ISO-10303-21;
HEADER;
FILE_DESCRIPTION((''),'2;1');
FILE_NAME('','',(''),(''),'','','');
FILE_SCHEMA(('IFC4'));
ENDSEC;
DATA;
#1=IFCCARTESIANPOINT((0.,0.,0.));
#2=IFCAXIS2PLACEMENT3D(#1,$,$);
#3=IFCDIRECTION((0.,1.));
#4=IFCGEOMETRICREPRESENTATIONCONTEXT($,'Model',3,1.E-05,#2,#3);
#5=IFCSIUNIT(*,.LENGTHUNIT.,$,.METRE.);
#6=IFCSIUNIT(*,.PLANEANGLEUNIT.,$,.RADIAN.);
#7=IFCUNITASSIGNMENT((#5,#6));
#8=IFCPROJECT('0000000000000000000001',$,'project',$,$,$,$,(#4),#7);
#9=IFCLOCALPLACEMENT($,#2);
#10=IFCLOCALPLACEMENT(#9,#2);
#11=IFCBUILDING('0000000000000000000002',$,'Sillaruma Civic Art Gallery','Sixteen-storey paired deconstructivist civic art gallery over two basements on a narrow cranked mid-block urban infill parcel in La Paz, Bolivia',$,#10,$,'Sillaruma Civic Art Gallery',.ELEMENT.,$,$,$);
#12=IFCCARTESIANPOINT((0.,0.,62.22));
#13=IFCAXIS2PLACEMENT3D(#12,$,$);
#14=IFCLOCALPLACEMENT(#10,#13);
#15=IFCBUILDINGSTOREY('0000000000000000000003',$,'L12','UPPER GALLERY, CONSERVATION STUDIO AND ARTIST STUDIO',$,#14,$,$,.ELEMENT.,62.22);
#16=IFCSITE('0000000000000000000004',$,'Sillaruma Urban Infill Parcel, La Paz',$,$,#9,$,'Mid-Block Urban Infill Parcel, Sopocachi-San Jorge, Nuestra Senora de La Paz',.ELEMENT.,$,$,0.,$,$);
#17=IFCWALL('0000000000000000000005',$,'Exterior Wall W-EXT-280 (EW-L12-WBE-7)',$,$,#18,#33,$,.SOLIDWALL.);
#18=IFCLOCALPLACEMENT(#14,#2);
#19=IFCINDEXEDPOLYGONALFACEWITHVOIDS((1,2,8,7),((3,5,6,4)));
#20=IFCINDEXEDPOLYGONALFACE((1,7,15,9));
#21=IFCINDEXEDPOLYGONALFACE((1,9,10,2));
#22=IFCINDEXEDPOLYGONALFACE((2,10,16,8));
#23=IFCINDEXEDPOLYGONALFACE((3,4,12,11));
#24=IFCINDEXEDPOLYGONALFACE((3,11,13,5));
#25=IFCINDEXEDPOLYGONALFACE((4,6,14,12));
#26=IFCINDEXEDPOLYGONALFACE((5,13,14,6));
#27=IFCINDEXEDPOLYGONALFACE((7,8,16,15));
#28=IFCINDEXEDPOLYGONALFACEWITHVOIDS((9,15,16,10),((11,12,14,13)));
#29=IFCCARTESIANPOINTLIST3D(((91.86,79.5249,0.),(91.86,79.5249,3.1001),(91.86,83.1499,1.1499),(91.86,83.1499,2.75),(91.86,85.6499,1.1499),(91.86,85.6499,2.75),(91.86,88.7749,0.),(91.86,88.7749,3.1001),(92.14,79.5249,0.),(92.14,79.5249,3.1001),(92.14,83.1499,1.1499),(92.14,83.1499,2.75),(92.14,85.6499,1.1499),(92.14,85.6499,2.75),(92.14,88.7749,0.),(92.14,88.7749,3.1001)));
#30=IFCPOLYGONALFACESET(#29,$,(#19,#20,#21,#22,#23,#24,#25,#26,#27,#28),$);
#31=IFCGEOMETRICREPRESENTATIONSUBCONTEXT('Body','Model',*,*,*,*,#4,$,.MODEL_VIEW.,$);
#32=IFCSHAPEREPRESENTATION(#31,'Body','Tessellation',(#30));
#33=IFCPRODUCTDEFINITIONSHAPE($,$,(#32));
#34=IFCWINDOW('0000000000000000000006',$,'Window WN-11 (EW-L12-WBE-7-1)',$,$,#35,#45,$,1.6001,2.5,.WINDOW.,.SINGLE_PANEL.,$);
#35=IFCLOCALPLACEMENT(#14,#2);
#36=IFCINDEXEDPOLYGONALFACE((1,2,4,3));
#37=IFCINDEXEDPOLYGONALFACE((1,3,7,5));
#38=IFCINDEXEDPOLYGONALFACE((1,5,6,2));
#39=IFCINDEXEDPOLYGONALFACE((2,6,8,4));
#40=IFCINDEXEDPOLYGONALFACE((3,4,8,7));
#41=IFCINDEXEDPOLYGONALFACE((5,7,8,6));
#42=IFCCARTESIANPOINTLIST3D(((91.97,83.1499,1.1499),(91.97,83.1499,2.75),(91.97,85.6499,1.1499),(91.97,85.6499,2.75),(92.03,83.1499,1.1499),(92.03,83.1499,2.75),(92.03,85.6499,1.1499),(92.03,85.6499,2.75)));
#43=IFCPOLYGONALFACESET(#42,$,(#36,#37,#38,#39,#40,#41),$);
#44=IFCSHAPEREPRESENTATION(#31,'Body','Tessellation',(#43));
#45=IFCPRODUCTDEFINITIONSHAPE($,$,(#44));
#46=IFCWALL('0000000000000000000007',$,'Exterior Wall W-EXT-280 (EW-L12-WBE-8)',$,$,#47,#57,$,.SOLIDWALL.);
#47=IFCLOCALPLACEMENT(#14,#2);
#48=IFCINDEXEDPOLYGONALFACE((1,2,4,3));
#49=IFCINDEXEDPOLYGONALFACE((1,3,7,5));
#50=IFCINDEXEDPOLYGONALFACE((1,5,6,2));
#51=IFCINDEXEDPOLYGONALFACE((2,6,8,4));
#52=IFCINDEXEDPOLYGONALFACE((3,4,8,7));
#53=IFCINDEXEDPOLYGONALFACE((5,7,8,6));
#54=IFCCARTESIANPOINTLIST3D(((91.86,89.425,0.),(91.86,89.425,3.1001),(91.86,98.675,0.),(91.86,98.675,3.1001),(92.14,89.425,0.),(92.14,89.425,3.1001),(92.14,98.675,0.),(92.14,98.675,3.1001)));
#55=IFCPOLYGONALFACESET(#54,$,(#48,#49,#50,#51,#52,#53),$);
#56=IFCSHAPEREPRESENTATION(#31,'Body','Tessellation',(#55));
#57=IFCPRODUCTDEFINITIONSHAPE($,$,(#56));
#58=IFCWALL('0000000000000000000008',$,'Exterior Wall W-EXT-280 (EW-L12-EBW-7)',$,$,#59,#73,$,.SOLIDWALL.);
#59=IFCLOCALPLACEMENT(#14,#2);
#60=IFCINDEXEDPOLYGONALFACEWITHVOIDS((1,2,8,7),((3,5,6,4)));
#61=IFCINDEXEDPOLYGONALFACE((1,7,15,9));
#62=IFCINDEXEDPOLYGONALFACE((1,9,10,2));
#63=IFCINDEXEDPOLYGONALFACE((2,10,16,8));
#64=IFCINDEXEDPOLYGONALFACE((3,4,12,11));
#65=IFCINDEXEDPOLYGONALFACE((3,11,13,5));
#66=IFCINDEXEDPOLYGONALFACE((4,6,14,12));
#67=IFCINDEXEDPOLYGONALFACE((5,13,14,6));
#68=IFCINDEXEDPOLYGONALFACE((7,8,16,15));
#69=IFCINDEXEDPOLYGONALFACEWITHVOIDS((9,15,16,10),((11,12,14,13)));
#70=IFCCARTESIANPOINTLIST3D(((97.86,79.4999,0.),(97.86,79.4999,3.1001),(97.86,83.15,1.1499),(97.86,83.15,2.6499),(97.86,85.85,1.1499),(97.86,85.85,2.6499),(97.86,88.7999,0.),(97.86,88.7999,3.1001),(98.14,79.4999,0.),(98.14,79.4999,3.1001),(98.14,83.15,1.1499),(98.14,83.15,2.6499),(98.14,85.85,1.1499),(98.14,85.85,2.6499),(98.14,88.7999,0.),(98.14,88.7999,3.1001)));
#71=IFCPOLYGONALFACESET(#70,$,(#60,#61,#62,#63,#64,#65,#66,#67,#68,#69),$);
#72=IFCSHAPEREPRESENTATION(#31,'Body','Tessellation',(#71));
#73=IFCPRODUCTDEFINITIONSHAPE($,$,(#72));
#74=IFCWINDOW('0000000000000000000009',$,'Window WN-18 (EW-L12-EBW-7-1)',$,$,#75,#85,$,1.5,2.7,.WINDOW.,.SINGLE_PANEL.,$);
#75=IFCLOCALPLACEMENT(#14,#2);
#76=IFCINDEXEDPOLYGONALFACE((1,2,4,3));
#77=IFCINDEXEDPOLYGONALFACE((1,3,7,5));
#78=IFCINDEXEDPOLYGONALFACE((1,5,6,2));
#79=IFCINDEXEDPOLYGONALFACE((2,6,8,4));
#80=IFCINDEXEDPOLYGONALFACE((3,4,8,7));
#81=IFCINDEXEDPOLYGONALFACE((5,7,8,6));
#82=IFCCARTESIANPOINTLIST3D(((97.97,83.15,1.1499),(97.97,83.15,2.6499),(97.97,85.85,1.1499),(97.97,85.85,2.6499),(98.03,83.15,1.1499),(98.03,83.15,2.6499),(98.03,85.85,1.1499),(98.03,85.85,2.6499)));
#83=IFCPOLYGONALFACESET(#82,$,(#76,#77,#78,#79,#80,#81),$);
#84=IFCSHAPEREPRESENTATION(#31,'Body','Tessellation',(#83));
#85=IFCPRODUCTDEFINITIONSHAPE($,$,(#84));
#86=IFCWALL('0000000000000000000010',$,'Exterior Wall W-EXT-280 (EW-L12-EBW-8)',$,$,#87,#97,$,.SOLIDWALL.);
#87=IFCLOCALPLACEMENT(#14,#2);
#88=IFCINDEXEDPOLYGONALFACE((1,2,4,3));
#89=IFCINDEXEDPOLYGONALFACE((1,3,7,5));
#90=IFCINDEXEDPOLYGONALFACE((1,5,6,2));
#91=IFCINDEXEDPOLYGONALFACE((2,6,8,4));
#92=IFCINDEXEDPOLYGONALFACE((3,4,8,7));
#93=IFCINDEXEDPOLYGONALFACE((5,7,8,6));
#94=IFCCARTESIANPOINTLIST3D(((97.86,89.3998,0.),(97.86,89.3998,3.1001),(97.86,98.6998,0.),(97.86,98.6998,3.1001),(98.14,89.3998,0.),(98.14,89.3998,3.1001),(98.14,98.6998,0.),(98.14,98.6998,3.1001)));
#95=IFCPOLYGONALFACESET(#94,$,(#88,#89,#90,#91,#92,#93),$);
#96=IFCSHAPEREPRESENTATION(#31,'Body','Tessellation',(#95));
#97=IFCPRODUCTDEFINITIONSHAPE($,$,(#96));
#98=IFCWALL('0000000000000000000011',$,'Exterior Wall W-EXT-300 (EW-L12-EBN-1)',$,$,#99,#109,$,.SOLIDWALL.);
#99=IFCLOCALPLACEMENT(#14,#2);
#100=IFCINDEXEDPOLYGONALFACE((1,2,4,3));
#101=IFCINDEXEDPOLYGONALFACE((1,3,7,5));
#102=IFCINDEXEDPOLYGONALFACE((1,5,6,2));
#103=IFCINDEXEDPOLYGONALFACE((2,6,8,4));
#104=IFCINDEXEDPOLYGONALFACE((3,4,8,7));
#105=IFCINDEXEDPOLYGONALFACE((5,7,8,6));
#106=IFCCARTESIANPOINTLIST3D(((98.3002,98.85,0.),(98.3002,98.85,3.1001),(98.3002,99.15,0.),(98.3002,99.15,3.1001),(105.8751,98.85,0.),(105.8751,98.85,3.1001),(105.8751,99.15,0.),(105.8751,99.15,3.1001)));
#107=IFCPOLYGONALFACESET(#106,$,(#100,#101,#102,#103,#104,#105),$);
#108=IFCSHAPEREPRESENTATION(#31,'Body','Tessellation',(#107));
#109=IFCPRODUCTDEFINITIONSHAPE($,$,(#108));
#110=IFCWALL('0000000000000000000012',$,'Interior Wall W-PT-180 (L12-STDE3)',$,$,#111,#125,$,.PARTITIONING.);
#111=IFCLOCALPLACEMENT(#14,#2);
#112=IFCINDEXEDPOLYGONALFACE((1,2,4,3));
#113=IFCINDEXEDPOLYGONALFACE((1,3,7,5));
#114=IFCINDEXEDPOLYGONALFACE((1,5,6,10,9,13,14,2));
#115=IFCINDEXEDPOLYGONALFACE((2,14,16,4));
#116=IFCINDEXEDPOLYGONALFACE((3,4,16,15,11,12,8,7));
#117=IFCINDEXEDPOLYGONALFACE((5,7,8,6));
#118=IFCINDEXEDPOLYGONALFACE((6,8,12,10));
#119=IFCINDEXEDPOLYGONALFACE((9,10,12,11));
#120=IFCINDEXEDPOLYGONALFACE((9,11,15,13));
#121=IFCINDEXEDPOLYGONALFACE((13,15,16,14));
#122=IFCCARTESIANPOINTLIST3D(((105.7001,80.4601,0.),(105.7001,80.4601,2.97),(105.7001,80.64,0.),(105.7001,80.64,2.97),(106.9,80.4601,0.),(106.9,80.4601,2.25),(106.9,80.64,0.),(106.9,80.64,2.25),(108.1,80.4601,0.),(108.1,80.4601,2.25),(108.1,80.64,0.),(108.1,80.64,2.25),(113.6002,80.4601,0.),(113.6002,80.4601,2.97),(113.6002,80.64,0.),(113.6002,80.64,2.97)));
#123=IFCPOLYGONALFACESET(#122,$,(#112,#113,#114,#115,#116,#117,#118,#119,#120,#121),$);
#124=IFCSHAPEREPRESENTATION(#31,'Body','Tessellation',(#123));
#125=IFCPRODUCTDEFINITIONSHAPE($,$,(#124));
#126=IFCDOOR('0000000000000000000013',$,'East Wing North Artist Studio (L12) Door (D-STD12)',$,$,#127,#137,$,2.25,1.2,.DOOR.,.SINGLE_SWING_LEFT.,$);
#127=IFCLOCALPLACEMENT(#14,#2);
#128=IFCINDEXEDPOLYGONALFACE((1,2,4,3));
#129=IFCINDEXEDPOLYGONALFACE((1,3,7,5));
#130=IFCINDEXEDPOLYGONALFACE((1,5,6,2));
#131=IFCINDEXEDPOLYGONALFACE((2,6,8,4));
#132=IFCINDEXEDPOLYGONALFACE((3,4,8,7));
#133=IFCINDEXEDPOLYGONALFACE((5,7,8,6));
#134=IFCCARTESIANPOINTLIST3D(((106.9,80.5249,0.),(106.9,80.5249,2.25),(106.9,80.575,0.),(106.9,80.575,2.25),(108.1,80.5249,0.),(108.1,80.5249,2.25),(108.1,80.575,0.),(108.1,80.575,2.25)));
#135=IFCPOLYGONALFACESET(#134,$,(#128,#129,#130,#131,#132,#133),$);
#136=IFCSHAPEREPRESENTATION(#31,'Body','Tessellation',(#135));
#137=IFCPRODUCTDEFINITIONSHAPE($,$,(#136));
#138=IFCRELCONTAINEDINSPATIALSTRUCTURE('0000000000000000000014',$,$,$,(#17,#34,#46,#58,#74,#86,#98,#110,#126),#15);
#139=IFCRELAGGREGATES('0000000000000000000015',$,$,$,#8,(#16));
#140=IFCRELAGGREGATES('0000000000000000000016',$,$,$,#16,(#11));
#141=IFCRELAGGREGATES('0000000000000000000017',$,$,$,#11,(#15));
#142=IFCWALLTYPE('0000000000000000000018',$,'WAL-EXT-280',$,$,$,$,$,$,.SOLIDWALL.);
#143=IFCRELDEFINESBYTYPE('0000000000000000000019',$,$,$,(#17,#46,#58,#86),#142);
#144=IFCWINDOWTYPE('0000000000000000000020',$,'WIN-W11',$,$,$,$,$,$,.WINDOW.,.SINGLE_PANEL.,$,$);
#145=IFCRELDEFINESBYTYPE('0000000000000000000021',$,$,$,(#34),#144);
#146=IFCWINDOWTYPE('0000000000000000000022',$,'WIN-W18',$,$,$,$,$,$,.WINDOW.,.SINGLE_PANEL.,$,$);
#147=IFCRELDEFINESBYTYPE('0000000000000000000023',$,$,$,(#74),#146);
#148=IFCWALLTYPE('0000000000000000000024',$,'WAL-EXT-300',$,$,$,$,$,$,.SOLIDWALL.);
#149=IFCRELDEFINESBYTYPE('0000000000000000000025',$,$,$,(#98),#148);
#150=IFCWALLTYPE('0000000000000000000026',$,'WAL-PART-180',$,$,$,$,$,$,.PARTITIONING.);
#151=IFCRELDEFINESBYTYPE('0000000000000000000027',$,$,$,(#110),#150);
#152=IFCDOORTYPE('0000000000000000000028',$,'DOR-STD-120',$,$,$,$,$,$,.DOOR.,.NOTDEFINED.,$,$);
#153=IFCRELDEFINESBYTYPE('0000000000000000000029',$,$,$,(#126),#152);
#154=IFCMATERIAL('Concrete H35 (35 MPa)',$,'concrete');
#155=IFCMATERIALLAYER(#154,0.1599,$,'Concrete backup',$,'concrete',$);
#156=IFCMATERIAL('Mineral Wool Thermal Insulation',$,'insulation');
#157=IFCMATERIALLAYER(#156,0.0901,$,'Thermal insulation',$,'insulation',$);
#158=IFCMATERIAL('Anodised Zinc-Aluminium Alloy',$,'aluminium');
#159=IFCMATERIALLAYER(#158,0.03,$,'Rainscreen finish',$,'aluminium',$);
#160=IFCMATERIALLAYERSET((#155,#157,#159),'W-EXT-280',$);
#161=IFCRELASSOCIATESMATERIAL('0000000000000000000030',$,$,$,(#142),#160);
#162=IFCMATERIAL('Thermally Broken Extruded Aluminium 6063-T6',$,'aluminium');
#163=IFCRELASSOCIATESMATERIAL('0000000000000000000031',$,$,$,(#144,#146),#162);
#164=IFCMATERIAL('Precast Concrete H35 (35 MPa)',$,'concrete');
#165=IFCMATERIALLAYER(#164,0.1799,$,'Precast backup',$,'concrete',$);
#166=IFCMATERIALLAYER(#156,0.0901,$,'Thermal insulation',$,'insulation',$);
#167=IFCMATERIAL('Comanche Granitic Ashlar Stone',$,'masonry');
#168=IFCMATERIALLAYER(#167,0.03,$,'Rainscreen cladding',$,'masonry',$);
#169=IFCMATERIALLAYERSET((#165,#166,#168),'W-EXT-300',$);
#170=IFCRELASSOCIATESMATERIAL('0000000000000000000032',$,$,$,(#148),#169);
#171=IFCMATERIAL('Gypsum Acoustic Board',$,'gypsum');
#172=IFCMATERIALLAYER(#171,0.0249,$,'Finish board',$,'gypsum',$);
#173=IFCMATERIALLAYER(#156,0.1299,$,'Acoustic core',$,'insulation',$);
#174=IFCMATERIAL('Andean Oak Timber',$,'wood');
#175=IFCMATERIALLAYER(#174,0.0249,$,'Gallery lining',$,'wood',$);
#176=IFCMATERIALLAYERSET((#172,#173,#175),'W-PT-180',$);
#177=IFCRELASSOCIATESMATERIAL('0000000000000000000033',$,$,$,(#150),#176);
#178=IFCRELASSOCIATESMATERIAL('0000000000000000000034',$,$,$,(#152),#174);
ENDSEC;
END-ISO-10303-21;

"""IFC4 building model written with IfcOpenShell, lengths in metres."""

from ifc_helpers import new_model, si_unit, direction, frame, frame_2d, origin, place, context, subcontext, project, spatial, rectangle, extrude, material, layer, layer_set, type_object, element, fill, save


model = new_model("IFC4")

# Units and contexts
model_context = context("Model", 3, precision=1e-05, world=origin(), true_north=direction((0.0, 1.0)))
body_context = subcontext(model_context, "Body", "Model", "MODEL_VIEW")
ifc_project = project(units=[si_unit("LENGTHUNIT", "METRE"), si_unit("PLANEANGLEUNIT", "RADIAN")], contexts=[model_context])

# Site, building, storey
site_placement = place(None, origin())
site = spatial("IfcSite", under=ifc_project, at=site_placement, Name="Sillaruma Urban Infill Parcel, La Paz", LongName="Mid-Block Urban Infill Parcel, Sopocachi-San Jorge, Nuestra Senora de La Paz", CompositionType="ELEMENT", RefElevation=0.0)
building_placement = place(site_placement, origin())
building = spatial("IfcBuilding", under=site, at=building_placement, Name="Sillaruma Civic Art Gallery", Description="Sixteen-storey paired deconstructivist civic art gallery over two basements on a narrow cranked mid-block urban infill parcel in La Paz, Bolivia", LongName="Sillaruma Civic Art Gallery", CompositionType="ELEMENT")
storey_placement = place(building_placement, frame((0.0, 0.0, 62.22)))
storey = spatial("IfcBuildingStorey", under=building, at=storey_placement, Name="L12", Description="UPPER GALLERY, CONSERVATION STUDIO AND ARTIST STUDIO", CompositionType="ELEMENT", Elevation=62.22)

# Shared definitions
ifc_material_1 = material(Name="Concrete H35 (35 MPa)", Category="concrete")

# Shared definitions
ifc_material_2 = material(Name="Thermally Broken Extruded Aluminium 6063-T6", Category="aluminium")

# Wall, opening, window
ifc_layer_1 = layer(ifc_material_1, 0.1599, Name="Concrete backup", Category="concrete")
ifc_material_3 = material(Name="Mineral Wool Thermal Insulation", Category="insulation")
ifc_layer_2 = layer(ifc_material_3, 0.0901, Name="Thermal insulation", Category="insulation")
ifc_material_4 = material(Name="Anodised Zinc-Aluminium Alloy", Category="aluminium")
ifc_layer_3 = layer(ifc_material_4, 0.03, Name="Rainscreen finish", Category="aluminium")
ifc_layer_set_1 = layer_set([ifc_layer_1, ifc_layer_2, ifc_layer_3], Name="W-EXT-280")
wall_type_1 = type_object("IfcWallType", Name="WAL-EXT-280", PredefinedType="SOLIDWALL", material=ifc_layer_set_1)
wall_1_placement = place(storey_placement, frame((92.0, 79.5249, 0.0), z_axis=(0.0, 0.0, 1.0), x_axis=(0.0, 1.0, 0.0)))
wall_1 = element("IfcWall", 1, at=wall_1_placement, inside=storey, type_object=wall_type_1, Name="Exterior Wall W-EXT-280 (EW-L12-WBE-7)", PredefinedType="SOLIDWALL", context=body_context, shape_type="SweptSolid", body=[
    extrude(rectangle(XDim=9.25, YDim=0.28, at=frame_2d((4.625, 0.0))), origin(), (0.0, 0.0, 1.0), 3.1001),
])
opening_1_placement = place(wall_1_placement, frame((3.625, 0.0, 1.1499)))
opening_1 = element("IfcOpeningElement", 2, at=opening_1_placement, cuts=wall_1, PredefinedType="OPENING", context=body_context, shape_type="SweptSolid", body=[
    extrude(rectangle(XDim=2.5, YDim=1.6001, at=frame_2d((1.25, 0.8))), frame((0.0, 0.1499, 0.0), z_axis=(0.0, -1.0, 0.0), x_axis=(1.0, 0.0, 0.0)), (0.0, 0.0, 1.0), 0.3),
])
window_type_1 = type_object("IfcWindowType", Name="WIN-W11", PartitioningType="SINGLE_PANEL", PredefinedType="WINDOW", material=ifc_material_2)
window_1_placement = place(opening_1_placement, origin())
window_1 = element("IfcWindow", 3, at=window_1_placement, inside=storey, type_object=window_type_1, Name="Window WN-11 (EW-L12-WBE-7-1)", OverallHeight=1.6001, OverallWidth=2.5, PartitioningType="SINGLE_PANEL", PredefinedType="WINDOW", context=body_context, shape_type="SweptSolid", body=[
    extrude(rectangle(XDim=2.5, YDim=1.6001, at=frame_2d((1.25, 0.8))), frame((0.0, 0.03, 0.0), z_axis=(0.0, -1.0, 0.0), x_axis=(1.0, 0.0, 0.0)), (0.0, 0.0, 1.0), 0.0601),
])
fill(opening_1, window_1)

# Wall
wall_2_placement = place(storey_placement, frame((92.0, 89.425, 0.0), z_axis=(0.0, 0.0, 1.0), x_axis=(0.0, 1.0, 0.0)))
element("IfcWall", 4, at=wall_2_placement, inside=storey, type_object=wall_type_1, Name="Exterior Wall W-EXT-280 (EW-L12-WBE-8)", PredefinedType="SOLIDWALL", context=body_context, shape_type="SweptSolid", body=[
    extrude(rectangle(XDim=9.25, YDim=0.28, at=frame_2d((4.625, 0.0))), origin(), (0.0, 0.0, 1.0), 3.1001),
])

# Wall, opening, window
wall_3_placement = place(storey_placement, frame((98.0, 79.5, 0.0), z_axis=(0.0, 0.0, 1.0), x_axis=(0.0, 1.0, 0.0)))
wall_3 = element("IfcWall", 5, at=wall_3_placement, inside=storey, type_object=wall_type_1, Name="Exterior Wall W-EXT-280 (EW-L12-EBW-7)", PredefinedType="SOLIDWALL", context=body_context, shape_type="SweptSolid", body=[
    extrude(rectangle(XDim=9.3, YDim=0.28, at=frame_2d((4.6499, 0.0))), origin(), (0.0, 0.0, 1.0), 3.1001),
])
opening_2_placement = place(wall_3_placement, frame((3.6499, 0.0, 1.1499)))
opening_2 = element("IfcOpeningElement", 6, at=opening_2_placement, cuts=wall_3, PredefinedType="OPENING", context=body_context, shape_type="SweptSolid", body=[
    extrude(rectangle(XDim=2.7, YDim=1.5, at=frame_2d((1.3501, 0.75))), frame((0.0, 0.1499, 0.0), z_axis=(0.0, -1.0, 0.0), x_axis=(1.0, 0.0, 0.0)), (0.0, 0.0, 1.0), 0.3),
])
window_type_2 = type_object("IfcWindowType", Name="WIN-W18", PartitioningType="SINGLE_PANEL", PredefinedType="WINDOW", material=ifc_material_2)
window_2_placement = place(opening_2_placement, origin())
window_2 = element("IfcWindow", 7, at=window_2_placement, inside=storey, type_object=window_type_2, Name="Window WN-18 (EW-L12-EBW-7-1)", OverallHeight=1.5, OverallWidth=2.7, PartitioningType="SINGLE_PANEL", PredefinedType="WINDOW", context=body_context, shape_type="SweptSolid", body=[
    extrude(rectangle(XDim=2.7, YDim=1.5, at=frame_2d((1.3501, 0.75))), frame((0.0, 0.03, 0.0), z_axis=(0.0, -1.0, 0.0), x_axis=(1.0, 0.0, 0.0)), (0.0, 0.0, 1.0), 0.0601),
])
fill(opening_2, window_2)

# Walls
wall_4_placement = place(storey_placement, frame((98.0, 89.3999, 0.0), z_axis=(0.0, 0.0, 1.0), x_axis=(0.0, 1.0, 0.0)))
element("IfcWall", 8, at=wall_4_placement, inside=storey, type_object=wall_type_1, Name="Exterior Wall W-EXT-280 (EW-L12-EBW-8)", PredefinedType="SOLIDWALL", context=body_context, shape_type="SweptSolid", body=[
    extrude(rectangle(XDim=9.3, YDim=0.28, at=frame_2d((4.6499, 0.0))), origin(), (0.0, 0.0, 1.0), 3.1001),
])
ifc_material_5 = material(Name="Precast Concrete H35 (35 MPa)", Category="concrete")
ifc_layer_4 = layer(ifc_material_5, 0.1799, Name="Precast backup", Category="concrete")
ifc_layer_5 = layer(ifc_material_3, 0.0901, Name="Thermal insulation", Category="insulation")
ifc_material_6 = material(Name="Comanche Granitic Ashlar Stone", Category="masonry")
ifc_layer_6 = layer(ifc_material_6, 0.03, Name="Rainscreen cladding", Category="masonry")
ifc_layer_set_2 = layer_set([ifc_layer_4, ifc_layer_5, ifc_layer_6], Name="W-EXT-300")
wall_type_2 = type_object("IfcWallType", Name="WAL-EXT-300", PredefinedType="SOLIDWALL", material=ifc_layer_set_2)
wall_5_placement = place(storey_placement, frame((98.3, 99.0, 0.0), z_axis=(0.0, 0.0, 1.0), x_axis=(1.0, 0.0, 0.0)))
element("IfcWall", 9, at=wall_5_placement, inside=storey, type_object=wall_type_2, Name="Exterior Wall W-EXT-300 (EW-L12-EBN-1)", PredefinedType="SOLIDWALL", context=body_context, shape_type="SweptSolid", body=[
    extrude(rectangle(XDim=7.575, YDim=0.3, at=frame_2d((3.7876, 0.0))), origin(), (0.0, 0.0, 1.0), 3.1001),
])

# Wall, opening, door
ifc_material_7 = material(Name="Gypsum Acoustic Board", Category="gypsum")
ifc_layer_7 = layer(ifc_material_7, 0.0249, Name="Finish board", Category="gypsum")
ifc_layer_8 = layer(ifc_material_3, 0.1299, Name="Acoustic core", Category="insulation")
ifc_material_8 = material(Name="Andean Oak Timber", Category="wood")
ifc_layer_9 = layer(ifc_material_8, 0.0249, Name="Gallery lining", Category="wood")
ifc_layer_set_3 = layer_set([ifc_layer_7, ifc_layer_8, ifc_layer_9], Name="W-PT-180")
wall_type_3 = type_object("IfcWallType", Name="WAL-PART-180", PredefinedType="PARTITIONING", material=ifc_layer_set_3)
wall_6_placement = place(storey_placement, frame((105.7, 80.55, 0.0), z_axis=(0.0, 0.0, 1.0), x_axis=(1.0, 0.0, 0.0)))
wall_6 = element("IfcWall", 10, at=wall_6_placement, inside=storey, type_object=wall_type_3, Name="Interior Wall W-PT-180 (L12-STDE3)", PredefinedType="PARTITIONING", context=body_context, shape_type="SweptSolid", body=[
    extrude(rectangle(XDim=7.9001, YDim=0.1799, at=frame_2d((3.9502, 0.0))), origin(), (0.0, 0.0, 1.0), 2.97),
])
opening_3_placement = place(wall_6_placement, frame((1.2, 0.0, 0.0)))
opening_3 = element("IfcOpeningElement", 11, at=opening_3_placement, cuts=wall_6, PredefinedType="OPENING", context=body_context, shape_type="SweptSolid", body=[
    extrude(rectangle(XDim=1.2, YDim=2.25, at=frame_2d((0.6001, 1.125))), frame((0.0, 0.0999, 0.0), z_axis=(0.0, -1.0, 0.0), x_axis=(1.0, 0.0, 0.0)), (0.0, 0.0, 1.0), 0.2),
])
door_type = type_object("IfcDoorType", Name="DOR-STD-120", OperationType="NOTDEFINED", PredefinedType="DOOR", material=ifc_material_8)
door_placement = place(opening_3_placement, origin())
door = element("IfcDoor", 12, at=door_placement, inside=storey, type_object=door_type, Name="East Wing North Artist Studio (L12) Door (D-STD12)", OperationType="SINGLE_SWING_LEFT", OverallHeight=2.25, OverallWidth=1.2, PredefinedType="DOOR", context=body_context, shape_type="SweptSolid", body=[
    extrude(rectangle(XDim=1.2, YDim=2.25, at=frame_2d((0.6001, 1.125))), frame((0.0, 0.0249, 0.0), z_axis=(0.0, -1.0, 0.0), x_axis=(1.0, 0.0, 0.0)), (0.0, 0.0, 1.0), 0.05),
])
fill(opening_3, door)

save(model, "model.ifc")
